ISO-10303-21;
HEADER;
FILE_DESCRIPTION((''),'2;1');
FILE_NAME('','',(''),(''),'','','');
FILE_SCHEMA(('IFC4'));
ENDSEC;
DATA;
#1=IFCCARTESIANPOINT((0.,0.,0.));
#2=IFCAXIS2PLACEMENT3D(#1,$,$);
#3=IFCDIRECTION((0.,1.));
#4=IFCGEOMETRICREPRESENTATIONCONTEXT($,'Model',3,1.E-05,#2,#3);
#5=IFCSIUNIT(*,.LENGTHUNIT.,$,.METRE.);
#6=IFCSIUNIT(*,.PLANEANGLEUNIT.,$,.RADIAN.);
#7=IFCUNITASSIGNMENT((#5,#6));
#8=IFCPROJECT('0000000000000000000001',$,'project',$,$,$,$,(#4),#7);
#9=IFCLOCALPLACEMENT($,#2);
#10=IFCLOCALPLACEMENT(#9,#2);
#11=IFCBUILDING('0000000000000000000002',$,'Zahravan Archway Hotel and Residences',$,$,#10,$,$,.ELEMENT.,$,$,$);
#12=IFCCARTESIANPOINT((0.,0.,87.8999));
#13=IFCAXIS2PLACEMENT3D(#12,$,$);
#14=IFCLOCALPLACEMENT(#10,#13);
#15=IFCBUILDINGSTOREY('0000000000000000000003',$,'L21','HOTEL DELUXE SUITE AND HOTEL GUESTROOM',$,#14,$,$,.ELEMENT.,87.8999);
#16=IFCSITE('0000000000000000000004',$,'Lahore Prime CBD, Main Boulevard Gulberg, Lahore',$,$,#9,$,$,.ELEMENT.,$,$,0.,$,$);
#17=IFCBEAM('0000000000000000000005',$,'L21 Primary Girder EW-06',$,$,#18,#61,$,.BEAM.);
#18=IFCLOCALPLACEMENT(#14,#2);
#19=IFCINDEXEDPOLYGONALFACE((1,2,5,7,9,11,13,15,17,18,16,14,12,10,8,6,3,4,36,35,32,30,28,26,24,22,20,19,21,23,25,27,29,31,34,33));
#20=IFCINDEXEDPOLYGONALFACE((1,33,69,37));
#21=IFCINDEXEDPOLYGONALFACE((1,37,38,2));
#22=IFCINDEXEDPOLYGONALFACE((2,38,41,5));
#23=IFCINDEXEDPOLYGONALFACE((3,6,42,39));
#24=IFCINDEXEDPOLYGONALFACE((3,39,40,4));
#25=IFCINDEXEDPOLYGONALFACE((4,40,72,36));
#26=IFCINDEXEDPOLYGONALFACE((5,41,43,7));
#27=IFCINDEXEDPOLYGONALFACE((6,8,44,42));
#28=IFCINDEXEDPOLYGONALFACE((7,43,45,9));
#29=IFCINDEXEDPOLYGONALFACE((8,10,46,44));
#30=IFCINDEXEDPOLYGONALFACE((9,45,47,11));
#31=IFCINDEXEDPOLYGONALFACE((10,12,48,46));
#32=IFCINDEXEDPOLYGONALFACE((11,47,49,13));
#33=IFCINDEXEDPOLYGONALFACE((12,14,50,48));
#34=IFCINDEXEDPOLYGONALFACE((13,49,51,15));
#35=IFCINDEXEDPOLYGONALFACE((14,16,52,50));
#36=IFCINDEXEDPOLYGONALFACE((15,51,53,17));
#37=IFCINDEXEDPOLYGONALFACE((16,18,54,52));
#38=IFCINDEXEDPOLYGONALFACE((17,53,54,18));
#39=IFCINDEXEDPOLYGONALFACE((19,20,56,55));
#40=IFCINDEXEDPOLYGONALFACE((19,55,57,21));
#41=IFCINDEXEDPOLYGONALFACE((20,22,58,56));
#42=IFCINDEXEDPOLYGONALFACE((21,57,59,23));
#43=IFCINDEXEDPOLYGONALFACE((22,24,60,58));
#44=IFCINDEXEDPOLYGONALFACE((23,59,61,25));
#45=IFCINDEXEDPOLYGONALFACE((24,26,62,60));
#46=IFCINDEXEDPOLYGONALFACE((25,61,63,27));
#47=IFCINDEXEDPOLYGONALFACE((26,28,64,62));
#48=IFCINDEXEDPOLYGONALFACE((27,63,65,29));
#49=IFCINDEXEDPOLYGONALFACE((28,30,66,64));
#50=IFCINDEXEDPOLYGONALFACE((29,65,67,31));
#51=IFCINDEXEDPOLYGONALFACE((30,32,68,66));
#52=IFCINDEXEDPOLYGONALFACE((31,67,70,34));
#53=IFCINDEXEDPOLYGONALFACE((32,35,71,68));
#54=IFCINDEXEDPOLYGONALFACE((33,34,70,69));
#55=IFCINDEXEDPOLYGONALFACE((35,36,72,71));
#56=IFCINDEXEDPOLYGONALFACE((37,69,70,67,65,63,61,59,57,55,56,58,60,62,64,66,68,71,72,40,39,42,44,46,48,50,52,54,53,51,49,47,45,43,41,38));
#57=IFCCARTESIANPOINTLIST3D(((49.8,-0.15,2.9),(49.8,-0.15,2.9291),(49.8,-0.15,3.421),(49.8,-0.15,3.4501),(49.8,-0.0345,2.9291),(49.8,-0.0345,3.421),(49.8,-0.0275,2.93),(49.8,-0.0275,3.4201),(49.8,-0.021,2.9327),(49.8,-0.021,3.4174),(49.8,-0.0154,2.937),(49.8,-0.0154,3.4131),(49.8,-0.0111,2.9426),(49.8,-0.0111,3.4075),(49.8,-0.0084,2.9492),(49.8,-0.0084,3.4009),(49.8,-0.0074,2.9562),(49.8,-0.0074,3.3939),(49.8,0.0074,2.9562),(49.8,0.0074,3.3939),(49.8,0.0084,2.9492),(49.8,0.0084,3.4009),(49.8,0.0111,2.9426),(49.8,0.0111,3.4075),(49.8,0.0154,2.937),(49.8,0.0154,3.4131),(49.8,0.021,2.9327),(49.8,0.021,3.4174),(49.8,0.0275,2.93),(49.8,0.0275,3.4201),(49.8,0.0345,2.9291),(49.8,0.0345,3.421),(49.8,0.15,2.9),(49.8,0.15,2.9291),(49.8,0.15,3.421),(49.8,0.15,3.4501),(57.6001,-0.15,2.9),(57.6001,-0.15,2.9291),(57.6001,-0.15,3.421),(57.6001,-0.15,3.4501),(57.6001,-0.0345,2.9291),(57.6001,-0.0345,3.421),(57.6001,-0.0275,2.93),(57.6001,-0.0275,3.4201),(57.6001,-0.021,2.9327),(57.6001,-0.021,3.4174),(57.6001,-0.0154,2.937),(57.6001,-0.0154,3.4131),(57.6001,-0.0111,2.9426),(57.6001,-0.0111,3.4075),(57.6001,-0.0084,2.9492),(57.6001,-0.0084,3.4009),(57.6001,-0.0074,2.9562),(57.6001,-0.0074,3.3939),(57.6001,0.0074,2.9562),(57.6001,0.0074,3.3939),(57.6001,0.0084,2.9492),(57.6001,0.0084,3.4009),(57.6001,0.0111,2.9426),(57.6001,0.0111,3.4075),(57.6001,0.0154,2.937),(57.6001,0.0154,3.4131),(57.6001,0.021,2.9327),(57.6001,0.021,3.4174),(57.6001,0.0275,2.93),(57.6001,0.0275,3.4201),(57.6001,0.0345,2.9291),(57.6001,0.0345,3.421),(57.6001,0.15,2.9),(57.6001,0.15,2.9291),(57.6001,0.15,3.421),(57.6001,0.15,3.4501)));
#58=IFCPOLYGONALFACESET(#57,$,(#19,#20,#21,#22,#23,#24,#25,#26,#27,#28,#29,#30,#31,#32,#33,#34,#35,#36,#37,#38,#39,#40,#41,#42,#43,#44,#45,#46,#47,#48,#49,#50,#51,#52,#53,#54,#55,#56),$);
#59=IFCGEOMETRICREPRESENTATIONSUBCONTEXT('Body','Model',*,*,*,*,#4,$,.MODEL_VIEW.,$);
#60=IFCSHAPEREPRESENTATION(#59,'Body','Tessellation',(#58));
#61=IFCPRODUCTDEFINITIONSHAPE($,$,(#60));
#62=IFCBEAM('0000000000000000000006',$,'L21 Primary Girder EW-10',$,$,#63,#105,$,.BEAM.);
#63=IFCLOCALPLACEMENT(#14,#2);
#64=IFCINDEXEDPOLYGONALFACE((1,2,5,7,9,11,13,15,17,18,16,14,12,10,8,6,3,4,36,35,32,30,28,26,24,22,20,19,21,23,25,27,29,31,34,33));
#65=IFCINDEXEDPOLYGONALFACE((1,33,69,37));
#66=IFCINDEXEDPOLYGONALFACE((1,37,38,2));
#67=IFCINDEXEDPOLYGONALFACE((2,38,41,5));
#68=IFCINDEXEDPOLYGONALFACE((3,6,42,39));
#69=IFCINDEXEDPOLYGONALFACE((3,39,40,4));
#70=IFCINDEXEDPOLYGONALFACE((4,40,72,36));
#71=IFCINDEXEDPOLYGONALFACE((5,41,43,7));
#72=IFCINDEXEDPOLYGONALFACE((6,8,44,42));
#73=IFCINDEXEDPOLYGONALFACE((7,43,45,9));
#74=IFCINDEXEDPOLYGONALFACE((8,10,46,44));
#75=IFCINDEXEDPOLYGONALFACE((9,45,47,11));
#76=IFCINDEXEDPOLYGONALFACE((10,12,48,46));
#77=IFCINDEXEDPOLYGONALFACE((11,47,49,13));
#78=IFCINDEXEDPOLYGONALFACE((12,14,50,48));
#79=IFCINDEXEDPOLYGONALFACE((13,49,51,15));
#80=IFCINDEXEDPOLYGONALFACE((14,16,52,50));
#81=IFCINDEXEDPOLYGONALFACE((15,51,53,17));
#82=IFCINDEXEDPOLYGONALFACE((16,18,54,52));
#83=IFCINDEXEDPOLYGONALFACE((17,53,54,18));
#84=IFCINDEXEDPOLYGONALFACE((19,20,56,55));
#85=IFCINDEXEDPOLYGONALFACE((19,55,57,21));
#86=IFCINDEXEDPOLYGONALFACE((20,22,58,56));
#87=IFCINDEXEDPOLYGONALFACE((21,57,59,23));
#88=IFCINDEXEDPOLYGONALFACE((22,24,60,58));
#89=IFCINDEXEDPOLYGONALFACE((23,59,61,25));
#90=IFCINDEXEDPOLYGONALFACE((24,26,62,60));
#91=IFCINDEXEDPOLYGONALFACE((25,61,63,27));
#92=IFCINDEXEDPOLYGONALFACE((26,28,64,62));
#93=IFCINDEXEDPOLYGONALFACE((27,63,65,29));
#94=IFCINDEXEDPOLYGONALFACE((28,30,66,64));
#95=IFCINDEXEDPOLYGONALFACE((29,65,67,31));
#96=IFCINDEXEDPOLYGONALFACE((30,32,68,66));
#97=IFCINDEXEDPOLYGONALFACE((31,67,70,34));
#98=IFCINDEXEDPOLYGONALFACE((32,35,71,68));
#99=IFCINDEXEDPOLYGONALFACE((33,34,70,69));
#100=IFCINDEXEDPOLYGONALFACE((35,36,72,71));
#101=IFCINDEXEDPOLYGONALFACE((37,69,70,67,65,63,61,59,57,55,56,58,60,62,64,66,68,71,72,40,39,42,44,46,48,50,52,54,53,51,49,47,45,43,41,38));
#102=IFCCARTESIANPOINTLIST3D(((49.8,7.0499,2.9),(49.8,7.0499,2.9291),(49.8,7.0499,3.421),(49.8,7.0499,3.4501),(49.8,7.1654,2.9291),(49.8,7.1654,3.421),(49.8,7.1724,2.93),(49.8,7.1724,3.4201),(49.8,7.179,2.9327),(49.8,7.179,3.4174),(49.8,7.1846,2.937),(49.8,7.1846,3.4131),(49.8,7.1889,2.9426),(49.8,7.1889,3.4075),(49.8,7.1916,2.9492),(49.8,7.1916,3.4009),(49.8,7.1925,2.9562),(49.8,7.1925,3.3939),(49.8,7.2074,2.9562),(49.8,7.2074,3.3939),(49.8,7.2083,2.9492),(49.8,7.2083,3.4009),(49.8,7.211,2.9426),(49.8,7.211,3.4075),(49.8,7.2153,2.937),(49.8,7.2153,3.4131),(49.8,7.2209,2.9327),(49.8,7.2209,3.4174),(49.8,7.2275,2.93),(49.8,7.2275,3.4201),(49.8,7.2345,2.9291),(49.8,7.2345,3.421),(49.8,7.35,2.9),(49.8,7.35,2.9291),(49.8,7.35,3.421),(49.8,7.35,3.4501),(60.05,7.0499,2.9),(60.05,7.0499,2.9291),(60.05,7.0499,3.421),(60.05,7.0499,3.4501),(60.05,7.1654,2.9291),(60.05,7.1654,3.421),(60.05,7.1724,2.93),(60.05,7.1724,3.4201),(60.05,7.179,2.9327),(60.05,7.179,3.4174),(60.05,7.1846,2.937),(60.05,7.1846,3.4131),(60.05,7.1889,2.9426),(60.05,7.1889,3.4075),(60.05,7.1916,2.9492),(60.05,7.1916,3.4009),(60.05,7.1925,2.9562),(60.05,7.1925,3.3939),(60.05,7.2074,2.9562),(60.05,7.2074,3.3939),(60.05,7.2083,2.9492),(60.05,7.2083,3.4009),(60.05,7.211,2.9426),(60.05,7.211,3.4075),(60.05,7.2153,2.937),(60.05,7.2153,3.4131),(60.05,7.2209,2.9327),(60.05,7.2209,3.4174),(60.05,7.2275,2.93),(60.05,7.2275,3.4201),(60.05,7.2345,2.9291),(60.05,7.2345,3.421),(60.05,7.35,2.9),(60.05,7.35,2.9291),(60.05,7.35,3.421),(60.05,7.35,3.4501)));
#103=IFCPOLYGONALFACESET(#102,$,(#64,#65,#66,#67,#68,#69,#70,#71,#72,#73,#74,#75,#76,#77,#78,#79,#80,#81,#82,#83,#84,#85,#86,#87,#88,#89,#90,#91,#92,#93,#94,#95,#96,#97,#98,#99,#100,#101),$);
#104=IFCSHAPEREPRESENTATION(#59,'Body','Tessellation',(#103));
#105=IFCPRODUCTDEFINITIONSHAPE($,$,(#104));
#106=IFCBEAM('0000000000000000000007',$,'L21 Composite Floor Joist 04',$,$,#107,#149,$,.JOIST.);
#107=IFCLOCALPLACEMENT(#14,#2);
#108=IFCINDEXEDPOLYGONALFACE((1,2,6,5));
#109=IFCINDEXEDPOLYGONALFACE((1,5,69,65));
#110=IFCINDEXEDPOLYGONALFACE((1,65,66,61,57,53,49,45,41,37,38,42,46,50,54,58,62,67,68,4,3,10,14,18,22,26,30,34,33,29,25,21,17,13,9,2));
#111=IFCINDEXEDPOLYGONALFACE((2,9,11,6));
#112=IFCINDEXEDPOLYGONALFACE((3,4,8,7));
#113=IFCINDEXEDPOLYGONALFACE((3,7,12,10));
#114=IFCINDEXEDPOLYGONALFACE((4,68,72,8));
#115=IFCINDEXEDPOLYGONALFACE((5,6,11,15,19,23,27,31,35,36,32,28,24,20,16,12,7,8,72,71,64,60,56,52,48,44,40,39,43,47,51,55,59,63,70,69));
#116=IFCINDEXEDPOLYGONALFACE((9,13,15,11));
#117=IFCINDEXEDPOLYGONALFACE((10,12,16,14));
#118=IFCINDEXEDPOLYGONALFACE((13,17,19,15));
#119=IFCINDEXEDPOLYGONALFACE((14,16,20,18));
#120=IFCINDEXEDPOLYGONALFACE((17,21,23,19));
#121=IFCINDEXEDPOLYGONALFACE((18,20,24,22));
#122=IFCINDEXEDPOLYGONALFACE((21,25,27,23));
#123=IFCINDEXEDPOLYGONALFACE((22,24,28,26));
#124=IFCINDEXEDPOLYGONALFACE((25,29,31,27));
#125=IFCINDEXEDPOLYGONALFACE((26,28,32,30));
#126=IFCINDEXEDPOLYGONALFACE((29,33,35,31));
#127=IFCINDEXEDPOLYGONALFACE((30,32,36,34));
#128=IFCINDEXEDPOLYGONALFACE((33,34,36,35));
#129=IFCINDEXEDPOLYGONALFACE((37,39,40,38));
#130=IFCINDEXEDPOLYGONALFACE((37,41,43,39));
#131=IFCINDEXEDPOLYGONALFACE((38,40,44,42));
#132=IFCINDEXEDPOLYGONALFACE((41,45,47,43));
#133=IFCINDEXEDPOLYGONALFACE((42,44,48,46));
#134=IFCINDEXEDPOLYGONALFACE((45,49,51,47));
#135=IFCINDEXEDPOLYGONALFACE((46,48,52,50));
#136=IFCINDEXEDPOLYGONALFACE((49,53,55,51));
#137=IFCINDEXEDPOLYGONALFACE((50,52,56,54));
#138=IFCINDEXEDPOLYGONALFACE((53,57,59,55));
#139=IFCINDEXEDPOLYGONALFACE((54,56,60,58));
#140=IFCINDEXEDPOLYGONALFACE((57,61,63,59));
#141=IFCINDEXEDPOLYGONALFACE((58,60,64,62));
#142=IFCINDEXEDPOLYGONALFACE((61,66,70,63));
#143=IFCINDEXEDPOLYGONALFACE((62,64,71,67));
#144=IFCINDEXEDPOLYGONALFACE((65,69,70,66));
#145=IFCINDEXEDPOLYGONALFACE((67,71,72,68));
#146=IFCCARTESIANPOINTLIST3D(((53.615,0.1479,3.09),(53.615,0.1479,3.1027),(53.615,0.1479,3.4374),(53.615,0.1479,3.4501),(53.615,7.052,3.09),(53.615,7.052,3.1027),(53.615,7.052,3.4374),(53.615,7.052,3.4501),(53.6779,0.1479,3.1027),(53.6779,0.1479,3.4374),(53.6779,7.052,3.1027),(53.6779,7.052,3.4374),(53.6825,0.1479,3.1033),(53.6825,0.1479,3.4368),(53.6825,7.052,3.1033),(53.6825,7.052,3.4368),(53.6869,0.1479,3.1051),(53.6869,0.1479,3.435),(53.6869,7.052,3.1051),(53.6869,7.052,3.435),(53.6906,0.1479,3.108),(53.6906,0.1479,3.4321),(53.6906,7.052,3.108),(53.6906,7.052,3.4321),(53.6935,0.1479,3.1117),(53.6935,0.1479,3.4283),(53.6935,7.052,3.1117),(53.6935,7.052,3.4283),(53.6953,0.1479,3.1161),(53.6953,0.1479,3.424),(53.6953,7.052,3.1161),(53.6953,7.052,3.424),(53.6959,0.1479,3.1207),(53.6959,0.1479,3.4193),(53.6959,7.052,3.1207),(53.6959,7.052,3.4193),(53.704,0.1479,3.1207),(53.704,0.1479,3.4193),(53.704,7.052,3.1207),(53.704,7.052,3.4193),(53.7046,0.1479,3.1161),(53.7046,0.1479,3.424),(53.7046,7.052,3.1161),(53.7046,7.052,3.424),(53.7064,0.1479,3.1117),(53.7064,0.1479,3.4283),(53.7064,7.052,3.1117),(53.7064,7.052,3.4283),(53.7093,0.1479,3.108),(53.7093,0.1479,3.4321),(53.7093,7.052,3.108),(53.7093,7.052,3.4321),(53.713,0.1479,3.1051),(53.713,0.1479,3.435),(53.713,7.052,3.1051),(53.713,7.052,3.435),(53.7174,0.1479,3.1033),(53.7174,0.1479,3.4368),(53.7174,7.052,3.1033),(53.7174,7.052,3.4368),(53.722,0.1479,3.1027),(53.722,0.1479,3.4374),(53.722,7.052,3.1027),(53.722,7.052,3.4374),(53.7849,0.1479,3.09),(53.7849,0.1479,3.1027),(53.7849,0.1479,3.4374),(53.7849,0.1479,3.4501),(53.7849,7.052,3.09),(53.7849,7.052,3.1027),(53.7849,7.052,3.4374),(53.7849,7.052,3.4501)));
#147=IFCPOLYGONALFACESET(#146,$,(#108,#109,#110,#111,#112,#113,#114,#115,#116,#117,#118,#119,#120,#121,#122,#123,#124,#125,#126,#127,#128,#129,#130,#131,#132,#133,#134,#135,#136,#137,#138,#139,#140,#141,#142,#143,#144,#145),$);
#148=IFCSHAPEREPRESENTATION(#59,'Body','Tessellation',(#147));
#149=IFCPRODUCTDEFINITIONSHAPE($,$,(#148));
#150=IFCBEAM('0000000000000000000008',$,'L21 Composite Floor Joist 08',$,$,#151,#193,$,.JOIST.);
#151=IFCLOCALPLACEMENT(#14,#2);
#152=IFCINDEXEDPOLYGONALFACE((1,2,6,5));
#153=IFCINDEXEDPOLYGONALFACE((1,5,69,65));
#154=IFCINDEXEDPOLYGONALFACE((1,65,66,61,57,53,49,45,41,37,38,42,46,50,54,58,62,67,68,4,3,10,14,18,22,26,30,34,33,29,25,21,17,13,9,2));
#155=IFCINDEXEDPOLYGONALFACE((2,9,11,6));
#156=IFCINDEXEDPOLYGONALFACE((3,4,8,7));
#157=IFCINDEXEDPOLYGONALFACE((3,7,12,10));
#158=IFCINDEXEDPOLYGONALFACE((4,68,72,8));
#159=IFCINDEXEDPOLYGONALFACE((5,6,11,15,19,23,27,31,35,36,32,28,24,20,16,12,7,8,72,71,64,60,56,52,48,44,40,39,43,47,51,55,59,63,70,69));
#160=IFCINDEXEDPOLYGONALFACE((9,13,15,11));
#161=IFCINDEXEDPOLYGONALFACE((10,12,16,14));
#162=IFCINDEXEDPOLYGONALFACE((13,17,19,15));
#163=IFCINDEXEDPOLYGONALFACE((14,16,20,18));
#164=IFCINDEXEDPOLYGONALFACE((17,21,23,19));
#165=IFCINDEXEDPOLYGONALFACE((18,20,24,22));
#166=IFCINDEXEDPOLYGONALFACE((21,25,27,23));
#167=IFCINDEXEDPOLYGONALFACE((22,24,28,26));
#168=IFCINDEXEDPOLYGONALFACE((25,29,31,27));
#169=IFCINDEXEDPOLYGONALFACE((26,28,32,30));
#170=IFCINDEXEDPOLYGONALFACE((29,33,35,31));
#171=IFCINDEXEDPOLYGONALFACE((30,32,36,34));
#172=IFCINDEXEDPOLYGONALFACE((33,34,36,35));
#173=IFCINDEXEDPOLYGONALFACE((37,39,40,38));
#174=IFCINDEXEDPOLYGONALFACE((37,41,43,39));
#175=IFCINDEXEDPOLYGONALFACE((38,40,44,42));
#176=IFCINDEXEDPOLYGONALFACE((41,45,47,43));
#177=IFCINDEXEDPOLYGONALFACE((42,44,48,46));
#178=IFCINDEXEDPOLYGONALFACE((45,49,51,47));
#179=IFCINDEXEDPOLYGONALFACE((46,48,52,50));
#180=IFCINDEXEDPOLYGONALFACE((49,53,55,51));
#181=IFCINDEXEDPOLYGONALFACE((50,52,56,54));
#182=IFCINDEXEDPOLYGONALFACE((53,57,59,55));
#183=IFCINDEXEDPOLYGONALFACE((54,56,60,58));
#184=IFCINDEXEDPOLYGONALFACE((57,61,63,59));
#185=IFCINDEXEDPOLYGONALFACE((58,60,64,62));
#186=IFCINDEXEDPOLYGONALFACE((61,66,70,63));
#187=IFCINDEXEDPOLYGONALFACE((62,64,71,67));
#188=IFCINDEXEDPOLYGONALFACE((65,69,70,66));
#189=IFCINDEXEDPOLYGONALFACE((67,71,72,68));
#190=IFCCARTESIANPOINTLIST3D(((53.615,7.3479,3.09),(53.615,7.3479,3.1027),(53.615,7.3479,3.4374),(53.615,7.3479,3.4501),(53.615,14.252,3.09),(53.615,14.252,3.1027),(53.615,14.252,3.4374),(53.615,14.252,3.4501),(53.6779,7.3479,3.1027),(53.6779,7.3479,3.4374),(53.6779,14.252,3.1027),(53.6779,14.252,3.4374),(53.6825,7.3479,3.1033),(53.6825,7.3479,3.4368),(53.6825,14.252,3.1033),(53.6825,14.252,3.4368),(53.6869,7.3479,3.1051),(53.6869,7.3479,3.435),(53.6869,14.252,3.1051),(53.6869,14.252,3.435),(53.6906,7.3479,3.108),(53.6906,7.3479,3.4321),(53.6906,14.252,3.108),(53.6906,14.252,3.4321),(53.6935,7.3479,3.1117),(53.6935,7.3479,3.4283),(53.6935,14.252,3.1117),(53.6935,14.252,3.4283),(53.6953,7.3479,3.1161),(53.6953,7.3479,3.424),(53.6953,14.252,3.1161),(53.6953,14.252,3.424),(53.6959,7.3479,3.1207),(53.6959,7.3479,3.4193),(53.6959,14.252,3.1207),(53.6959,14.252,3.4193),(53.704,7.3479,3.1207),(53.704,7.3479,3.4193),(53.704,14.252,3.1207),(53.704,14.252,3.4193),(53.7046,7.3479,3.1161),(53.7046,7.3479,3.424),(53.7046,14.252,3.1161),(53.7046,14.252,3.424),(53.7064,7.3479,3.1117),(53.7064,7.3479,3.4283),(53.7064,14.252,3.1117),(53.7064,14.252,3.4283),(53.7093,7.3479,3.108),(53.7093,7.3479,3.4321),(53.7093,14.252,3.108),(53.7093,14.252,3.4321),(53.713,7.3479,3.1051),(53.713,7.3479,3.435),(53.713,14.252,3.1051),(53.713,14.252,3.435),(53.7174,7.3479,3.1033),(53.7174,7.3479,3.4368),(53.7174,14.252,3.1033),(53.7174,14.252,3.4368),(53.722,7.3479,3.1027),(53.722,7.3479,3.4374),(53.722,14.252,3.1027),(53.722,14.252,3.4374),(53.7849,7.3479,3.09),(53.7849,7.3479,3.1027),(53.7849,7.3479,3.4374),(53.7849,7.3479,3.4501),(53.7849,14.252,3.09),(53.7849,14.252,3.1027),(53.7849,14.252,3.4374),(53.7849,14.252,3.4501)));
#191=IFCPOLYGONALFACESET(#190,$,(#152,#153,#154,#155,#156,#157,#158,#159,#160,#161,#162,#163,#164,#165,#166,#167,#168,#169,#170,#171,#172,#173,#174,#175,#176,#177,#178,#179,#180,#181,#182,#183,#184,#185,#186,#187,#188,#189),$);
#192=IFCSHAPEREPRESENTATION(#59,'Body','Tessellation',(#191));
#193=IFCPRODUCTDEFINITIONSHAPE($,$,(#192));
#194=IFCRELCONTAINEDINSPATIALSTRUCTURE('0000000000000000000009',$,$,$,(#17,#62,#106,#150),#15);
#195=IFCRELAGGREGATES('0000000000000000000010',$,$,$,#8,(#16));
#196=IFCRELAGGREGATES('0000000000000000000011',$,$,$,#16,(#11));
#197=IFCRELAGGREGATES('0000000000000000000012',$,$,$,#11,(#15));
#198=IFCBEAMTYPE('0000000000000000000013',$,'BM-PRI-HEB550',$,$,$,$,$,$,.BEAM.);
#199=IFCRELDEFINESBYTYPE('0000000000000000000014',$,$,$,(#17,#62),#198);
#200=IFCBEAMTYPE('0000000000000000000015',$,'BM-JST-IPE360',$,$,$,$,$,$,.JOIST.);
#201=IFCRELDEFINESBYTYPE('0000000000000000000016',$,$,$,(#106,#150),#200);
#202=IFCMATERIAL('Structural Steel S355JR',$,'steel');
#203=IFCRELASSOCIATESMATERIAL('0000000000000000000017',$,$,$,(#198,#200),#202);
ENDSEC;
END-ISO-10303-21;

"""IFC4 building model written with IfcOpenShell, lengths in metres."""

from ifc_helpers import new_model, si_unit, direction, frame, origin, origin_2d, place, context, subcontext, project, spatial, i_section, extrude, source, transform, mapped, material, material_profile, profile_set, type_object, type_shapes, element, save


model = new_model("IFC4")

# Units and contexts
model_context = context("Model", 3, precision=1e-05, world=origin(), true_north=direction((0.0, 1.0)))
body_context = subcontext(model_context, "Body", "Model", "MODEL_VIEW")
ifc_project = project(units=[si_unit("LENGTHUNIT", "METRE"), si_unit("PLANEANGLEUNIT", "RADIAN")], contexts=[model_context])

# Site, building, storey
site_placement = place(None, origin())
site = spatial("IfcSite", under=ifc_project, at=site_placement, Name="Lahore Prime CBD, Main Boulevard Gulberg, Lahore", CompositionType="ELEMENT", RefElevation=0.0)
building_placement = place(site_placement, origin())
building = spatial("IfcBuilding", under=site, at=building_placement, Name="Zahravan Archway Hotel and Residences", CompositionType="ELEMENT")
storey_placement = place(building_placement, frame((0.0, 0.0, 87.8999)))
storey = spatial("IfcBuildingStorey", under=building, at=storey_placement, Name="L21", Description="HOTEL DELUXE SUITE AND HOTEL GUESTROOM", CompositionType="ELEMENT", Elevation=87.8999)

# Beams
ifc_material_1 = material(Name="Structural Steel S355JR", Category="steel")
ifc_material_profile_1 = material_profile(ifc_material_1, i_section(OverallWidth=0.3, OverallDepth=0.55, WebThickness=0.0149, FlangeThickness=0.0291, FilletRadius=0.0271, at=origin_2d()), Name="HEB 550", Category="steel")
ifc_profile_set_1 = profile_set([ifc_material_profile_1], Name="Structural Steel S355JR")
beam_type_1 = type_object("IfcBeamType", Name="BM-PRI-HEB550", PredefinedType="BEAM", material=ifc_profile_set_1)
shared_shape_1 = source(origin(), body_context, "Body", "SweptSolid", [
    extrude(i_section(OverallWidth=0.3, OverallDepth=0.55, WebThickness=0.0149, FlangeThickness=0.0291, FilletRadius=0.0271, at=origin_2d()), origin(), (0.0, 0.0, 1.0), 7.8),
])
beam_1_placement = place(storey_placement, frame((49.8, 0.0, 3.175), z_axis=(1.0, 0.0, 0.0), x_axis=(0.0, 1.0, 0.0)))
element("IfcBeam", 1, at=beam_1_placement, inside=storey, type_object=beam_type_1, Name="L21 Primary Girder EW-06", PredefinedType="BEAM", context=body_context, shape_type="MappedRepresentation", body=[
    mapped(shared_shape_1, transform((0.0, 0.0, 0.0), scale=1.0)),
])
shared_shape_2 = source(origin(), body_context, "Body", "SweptSolid", [
    extrude(i_section(OverallWidth=0.3, OverallDepth=0.55, WebThickness=0.0149, FlangeThickness=0.0291, FilletRadius=0.0271, at=origin_2d()), origin(), (0.0, 0.0, 1.0), 10.25),
])
beam_2_placement = place(storey_placement, frame((49.8, 7.2, 3.175), z_axis=(1.0, 0.0, 0.0), x_axis=(0.0, 1.0, 0.0)))
element("IfcBeam", 2, at=beam_2_placement, inside=storey, type_object=beam_type_1, Name="L21 Primary Girder EW-10", PredefinedType="BEAM", context=body_context, shape_type="MappedRepresentation", body=[
    mapped(shared_shape_2, transform((0.0, 0.0, 0.0), scale=1.0)),
])
ifc_material_profile_2 = material_profile(ifc_material_1, i_section(OverallWidth=0.1699, OverallDepth=0.3601, WebThickness=0.0081, FlangeThickness=0.0127, FilletRadius=0.0181, at=origin_2d()), Name="IPE 360", Category="steel")
ifc_profile_set_2 = profile_set([ifc_material_profile_2], Name="Structural Steel S355JR")
beam_type_2 = type_object("IfcBeamType", Name="BM-JST-IPE360", PredefinedType="JOIST", material=ifc_profile_set_2)
shared_shape_3 = source(origin(), body_context, "Body", "SweptSolid", [
    extrude(i_section(OverallWidth=0.1699, OverallDepth=0.3601, WebThickness=0.0081, FlangeThickness=0.0127, FilletRadius=0.0181, at=origin_2d()), origin(), (0.0, 0.0, 1.0), 6.9041),
])
type_shapes(beam_type_2, [shared_shape_3])
for number, where, z_axis, x_axis, name in (
    (3, (53.7, 0.1479, 3.27), (0.0, 1.0, 0.0), (-1.0, 0.0, 0.0), "L21 Composite Floor Joist 04"),
    (4, (53.7, 7.3479, 3.27), (0.0, 1.0, 0.0), (-1.0, 0.0, 0.0), "L21 Composite Floor Joist 08"),
):
    element("IfcBeam", number, at=place(storey_placement, frame(where, z_axis=z_axis, x_axis=x_axis)), inside=storey, type_object=beam_type_2, Name=name, PredefinedType="JOIST", context=body_context, shape_type="MappedRepresentation", body=[
        mapped(shared_shape_3, transform((0.0, 0.0, 0.0), scale=1.0)),
    ])

save(model, "model.ifc")
